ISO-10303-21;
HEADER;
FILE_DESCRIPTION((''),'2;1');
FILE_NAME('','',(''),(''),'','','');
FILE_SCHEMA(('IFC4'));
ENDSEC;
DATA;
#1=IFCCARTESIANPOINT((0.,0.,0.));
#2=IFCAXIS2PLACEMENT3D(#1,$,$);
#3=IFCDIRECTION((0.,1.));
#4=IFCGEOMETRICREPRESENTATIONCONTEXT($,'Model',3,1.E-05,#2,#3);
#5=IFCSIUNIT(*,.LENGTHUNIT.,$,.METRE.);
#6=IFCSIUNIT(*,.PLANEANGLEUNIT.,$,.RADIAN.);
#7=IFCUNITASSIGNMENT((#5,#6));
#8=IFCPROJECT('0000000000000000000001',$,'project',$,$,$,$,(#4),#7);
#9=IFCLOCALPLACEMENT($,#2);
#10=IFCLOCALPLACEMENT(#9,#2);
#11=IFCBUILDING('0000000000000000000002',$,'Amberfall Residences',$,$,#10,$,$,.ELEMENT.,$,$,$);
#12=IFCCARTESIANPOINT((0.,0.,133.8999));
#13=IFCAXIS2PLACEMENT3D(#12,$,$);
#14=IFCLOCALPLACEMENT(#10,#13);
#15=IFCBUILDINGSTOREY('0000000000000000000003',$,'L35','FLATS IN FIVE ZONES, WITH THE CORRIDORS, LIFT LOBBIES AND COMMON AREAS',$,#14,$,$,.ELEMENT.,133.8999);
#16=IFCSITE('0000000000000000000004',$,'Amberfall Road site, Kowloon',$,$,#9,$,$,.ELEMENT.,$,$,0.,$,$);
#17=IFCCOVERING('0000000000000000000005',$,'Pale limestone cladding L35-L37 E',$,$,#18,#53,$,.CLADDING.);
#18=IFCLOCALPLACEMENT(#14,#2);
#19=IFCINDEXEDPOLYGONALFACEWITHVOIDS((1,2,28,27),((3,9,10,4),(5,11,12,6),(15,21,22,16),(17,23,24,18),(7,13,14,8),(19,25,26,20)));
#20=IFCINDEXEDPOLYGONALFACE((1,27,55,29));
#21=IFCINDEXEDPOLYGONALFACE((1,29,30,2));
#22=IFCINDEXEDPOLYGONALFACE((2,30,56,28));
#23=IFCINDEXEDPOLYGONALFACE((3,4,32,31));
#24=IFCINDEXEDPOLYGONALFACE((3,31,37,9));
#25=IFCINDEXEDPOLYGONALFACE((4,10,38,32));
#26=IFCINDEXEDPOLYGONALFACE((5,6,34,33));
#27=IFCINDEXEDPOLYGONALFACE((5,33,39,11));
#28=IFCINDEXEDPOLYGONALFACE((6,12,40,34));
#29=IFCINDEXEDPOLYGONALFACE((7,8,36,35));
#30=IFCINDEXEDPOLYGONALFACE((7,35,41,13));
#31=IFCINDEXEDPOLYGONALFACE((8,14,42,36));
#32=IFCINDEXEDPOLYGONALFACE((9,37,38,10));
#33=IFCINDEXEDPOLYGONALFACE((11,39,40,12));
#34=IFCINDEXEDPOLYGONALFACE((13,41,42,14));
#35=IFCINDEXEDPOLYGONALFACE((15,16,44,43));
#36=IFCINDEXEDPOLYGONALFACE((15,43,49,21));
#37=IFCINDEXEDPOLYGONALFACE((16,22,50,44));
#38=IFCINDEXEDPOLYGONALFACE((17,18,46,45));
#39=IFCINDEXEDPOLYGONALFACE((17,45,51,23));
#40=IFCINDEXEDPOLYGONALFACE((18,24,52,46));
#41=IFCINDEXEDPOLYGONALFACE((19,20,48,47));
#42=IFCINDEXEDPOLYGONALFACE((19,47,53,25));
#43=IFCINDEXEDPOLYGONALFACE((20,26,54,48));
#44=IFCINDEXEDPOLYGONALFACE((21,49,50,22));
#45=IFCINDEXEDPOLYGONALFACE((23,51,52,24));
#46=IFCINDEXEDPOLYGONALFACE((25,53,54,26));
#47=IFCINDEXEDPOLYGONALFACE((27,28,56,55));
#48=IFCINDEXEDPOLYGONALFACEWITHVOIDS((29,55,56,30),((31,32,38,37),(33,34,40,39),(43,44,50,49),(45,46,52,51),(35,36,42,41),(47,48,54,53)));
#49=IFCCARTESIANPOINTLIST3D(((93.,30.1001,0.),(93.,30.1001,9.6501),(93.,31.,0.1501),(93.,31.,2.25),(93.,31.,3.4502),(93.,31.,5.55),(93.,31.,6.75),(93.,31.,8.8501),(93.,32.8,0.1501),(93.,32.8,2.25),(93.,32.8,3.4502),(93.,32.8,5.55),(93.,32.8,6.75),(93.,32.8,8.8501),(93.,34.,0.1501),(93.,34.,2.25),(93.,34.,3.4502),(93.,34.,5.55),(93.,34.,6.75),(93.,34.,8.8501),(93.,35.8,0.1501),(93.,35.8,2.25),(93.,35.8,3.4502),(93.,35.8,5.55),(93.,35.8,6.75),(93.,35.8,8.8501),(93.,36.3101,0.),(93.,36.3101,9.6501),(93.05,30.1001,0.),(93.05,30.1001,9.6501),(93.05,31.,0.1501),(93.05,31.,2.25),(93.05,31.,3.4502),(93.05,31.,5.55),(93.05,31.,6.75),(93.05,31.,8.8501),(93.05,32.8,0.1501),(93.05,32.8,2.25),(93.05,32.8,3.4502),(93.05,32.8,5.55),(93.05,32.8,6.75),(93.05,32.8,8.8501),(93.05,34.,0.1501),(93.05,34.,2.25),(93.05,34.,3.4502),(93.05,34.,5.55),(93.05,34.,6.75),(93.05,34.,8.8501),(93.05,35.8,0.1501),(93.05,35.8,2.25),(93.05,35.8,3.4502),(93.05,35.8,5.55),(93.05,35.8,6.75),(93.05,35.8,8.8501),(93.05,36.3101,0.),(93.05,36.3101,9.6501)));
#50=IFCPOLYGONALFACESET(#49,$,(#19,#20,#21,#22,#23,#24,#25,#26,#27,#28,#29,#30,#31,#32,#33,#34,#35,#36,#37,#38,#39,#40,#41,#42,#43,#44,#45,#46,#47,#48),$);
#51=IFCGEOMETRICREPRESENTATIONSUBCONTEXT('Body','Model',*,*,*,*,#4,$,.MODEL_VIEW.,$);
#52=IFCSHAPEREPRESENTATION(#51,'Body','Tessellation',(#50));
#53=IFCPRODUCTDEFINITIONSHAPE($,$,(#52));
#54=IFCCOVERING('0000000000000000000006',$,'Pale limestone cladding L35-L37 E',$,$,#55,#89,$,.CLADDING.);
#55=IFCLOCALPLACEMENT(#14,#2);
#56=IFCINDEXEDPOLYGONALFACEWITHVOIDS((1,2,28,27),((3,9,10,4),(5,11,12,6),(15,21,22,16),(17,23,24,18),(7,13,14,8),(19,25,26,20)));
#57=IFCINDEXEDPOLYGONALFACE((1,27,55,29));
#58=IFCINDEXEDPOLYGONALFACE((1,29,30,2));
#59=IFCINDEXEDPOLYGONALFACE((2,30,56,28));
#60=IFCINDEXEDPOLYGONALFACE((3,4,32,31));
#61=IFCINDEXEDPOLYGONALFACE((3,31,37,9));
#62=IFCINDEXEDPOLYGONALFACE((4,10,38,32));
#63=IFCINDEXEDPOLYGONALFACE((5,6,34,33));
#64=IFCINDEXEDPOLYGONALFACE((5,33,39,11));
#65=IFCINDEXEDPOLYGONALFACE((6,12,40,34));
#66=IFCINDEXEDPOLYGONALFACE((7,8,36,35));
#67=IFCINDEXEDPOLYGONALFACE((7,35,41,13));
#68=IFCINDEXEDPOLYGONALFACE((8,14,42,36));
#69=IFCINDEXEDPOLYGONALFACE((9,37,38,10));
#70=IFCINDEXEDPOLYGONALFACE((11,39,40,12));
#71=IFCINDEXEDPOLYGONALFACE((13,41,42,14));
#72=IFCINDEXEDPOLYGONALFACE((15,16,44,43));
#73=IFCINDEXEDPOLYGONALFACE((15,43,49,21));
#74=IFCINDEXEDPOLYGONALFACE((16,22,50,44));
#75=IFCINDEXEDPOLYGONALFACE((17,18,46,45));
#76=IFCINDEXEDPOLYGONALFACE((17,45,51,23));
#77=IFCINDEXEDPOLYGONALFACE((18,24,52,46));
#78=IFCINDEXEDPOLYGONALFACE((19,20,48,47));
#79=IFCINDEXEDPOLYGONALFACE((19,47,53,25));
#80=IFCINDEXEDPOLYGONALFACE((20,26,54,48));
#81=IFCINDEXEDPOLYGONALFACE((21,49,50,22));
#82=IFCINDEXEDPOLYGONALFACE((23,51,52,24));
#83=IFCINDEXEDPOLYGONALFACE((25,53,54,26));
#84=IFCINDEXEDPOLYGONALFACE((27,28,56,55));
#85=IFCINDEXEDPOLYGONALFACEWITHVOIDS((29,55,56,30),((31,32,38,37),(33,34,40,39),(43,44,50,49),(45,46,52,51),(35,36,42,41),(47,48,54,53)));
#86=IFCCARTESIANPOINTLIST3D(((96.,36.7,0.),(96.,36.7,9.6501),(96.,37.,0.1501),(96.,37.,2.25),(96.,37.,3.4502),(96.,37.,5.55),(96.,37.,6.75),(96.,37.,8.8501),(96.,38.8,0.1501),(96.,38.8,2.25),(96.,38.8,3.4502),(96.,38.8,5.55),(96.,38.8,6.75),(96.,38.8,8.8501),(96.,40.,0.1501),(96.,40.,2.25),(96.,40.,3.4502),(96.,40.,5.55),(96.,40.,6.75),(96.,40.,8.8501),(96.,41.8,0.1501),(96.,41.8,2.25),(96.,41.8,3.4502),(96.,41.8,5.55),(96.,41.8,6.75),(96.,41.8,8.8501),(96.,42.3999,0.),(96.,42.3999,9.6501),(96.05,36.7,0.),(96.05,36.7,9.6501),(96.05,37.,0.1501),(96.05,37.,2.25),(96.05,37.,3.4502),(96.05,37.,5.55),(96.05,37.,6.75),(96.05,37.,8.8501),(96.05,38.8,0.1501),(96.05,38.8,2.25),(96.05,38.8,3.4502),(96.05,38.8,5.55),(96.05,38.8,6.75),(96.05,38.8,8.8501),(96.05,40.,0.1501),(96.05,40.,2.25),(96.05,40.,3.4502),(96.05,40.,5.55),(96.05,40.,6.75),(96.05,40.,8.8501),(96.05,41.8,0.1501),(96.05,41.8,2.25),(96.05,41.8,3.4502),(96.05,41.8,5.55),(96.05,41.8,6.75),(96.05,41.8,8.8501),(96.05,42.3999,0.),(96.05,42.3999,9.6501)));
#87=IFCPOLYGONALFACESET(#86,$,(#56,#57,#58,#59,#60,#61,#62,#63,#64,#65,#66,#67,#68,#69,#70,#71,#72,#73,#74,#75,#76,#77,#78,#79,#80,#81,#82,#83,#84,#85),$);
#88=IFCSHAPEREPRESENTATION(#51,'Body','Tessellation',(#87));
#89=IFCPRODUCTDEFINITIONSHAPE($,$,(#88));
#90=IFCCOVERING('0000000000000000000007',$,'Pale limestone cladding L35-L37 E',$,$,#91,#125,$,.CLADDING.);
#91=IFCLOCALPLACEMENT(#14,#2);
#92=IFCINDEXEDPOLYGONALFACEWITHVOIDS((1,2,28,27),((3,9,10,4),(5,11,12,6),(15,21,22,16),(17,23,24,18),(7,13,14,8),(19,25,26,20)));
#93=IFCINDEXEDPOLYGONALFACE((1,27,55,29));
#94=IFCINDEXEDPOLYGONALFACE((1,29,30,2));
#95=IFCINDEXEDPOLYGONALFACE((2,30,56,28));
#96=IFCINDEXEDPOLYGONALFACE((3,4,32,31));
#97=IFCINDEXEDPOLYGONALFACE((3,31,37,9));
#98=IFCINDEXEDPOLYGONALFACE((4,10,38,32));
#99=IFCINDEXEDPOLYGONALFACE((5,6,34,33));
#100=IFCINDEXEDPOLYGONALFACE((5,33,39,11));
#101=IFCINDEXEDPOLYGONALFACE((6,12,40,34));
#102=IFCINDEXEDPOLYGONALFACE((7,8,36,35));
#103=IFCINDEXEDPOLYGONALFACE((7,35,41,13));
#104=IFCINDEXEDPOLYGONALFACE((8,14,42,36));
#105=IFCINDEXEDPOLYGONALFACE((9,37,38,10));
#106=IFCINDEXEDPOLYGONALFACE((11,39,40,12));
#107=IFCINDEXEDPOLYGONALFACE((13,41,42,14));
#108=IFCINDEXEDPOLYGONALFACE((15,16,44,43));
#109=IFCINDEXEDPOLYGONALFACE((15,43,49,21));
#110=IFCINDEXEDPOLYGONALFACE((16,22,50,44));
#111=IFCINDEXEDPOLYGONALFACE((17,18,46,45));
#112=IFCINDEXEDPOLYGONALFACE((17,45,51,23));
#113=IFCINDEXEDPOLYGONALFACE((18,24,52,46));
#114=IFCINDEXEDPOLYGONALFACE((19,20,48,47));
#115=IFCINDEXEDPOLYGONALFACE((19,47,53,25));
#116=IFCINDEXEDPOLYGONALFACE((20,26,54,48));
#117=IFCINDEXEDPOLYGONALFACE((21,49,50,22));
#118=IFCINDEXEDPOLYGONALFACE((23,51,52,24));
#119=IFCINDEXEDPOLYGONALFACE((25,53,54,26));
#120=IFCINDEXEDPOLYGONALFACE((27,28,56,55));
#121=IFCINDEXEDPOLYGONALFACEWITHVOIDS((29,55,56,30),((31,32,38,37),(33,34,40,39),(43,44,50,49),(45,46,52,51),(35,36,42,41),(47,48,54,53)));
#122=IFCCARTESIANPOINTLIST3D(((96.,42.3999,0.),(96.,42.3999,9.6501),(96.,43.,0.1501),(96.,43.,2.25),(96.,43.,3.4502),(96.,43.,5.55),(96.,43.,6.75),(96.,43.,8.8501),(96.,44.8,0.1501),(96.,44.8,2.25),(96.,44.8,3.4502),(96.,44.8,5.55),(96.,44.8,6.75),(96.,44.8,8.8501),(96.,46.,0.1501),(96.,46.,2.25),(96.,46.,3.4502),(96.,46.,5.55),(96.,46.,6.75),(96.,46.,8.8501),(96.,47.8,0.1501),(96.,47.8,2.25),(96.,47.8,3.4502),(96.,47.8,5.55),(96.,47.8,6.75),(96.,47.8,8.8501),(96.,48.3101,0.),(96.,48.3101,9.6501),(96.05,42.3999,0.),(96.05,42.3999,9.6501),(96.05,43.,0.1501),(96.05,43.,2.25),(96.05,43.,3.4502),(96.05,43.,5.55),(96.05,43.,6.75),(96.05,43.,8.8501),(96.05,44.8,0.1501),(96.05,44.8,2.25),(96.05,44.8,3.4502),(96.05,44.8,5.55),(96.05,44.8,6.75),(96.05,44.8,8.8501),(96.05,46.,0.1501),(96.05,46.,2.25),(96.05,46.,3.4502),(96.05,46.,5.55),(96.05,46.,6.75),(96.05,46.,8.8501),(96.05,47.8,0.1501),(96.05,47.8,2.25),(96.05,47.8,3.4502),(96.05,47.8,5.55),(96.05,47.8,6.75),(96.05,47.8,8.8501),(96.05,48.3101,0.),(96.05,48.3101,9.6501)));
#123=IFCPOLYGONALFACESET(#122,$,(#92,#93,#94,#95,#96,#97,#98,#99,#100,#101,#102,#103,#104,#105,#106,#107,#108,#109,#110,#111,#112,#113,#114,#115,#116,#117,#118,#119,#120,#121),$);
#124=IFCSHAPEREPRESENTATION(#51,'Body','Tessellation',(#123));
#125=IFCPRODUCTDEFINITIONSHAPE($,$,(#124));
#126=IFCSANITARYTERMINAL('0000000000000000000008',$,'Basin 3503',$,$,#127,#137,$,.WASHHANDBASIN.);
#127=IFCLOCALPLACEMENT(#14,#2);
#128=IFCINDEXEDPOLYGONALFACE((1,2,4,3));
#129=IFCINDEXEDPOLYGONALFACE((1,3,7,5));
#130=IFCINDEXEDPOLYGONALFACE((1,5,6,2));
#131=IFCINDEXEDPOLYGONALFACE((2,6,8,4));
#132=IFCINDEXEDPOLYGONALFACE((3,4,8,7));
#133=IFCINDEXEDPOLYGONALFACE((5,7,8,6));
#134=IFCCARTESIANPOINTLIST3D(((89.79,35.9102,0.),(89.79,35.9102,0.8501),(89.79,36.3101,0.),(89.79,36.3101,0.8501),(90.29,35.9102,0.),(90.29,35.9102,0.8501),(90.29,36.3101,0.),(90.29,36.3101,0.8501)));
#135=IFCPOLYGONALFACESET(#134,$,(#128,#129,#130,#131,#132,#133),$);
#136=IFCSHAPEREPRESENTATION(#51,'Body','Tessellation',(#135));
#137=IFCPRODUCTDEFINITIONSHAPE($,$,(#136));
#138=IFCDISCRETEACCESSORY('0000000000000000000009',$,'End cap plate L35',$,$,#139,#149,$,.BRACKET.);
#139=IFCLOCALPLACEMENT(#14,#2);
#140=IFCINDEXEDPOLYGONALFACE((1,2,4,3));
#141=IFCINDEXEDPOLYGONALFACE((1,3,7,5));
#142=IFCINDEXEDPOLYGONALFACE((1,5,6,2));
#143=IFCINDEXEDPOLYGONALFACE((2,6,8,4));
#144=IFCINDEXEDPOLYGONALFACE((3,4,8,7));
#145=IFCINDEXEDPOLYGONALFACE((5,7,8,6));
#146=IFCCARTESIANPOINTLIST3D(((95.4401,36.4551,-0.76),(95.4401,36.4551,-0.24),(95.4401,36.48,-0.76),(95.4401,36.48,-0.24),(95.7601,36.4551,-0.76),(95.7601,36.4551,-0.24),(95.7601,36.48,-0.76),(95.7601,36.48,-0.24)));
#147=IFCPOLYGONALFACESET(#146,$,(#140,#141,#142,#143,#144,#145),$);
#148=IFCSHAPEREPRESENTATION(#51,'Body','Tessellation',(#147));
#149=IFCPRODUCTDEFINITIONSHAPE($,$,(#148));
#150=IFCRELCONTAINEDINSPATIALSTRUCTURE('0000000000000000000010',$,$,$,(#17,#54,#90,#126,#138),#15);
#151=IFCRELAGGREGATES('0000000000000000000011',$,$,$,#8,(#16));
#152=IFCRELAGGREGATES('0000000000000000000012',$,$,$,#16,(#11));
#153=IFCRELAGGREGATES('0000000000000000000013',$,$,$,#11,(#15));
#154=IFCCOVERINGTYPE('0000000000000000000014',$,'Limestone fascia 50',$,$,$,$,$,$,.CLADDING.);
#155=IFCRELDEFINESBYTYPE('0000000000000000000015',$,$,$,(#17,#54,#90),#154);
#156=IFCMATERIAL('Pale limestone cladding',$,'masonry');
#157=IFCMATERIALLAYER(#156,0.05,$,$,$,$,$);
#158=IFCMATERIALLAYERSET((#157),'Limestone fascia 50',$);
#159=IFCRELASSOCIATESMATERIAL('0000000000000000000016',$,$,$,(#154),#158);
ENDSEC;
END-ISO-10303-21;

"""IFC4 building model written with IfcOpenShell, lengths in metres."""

from ifc_helpers import new_model, si_unit, direction, frame, origin, origin_2d, place, context, subcontext, project, spatial, polyline, rectangle, outline, extrude, material, layer, layer_set, type_object, element, save


model = new_model("IFC4")

# Units and contexts
model_context = context("Model", 3, precision=1e-05, world=origin(), true_north=direction((0.0, 1.0)))
body_context = subcontext(model_context, "Body", "Model", "MODEL_VIEW")
ifc_project = project(units=[si_unit("LENGTHUNIT", "METRE"), si_unit("PLANEANGLEUNIT", "RADIAN")], contexts=[model_context])

# Site, building, storey
site_placement = place(None, origin())
site = spatial("IfcSite", under=ifc_project, at=site_placement, Name="Amberfall Road site, Kowloon", CompositionType="ELEMENT", RefElevation=0.0)
building_placement = place(site_placement, origin())
building = spatial("IfcBuilding", under=site, at=building_placement, Name="Amberfall Residences", CompositionType="ELEMENT")
storey_placement = place(building_placement, frame((0.0, 0.0, 133.8999)))
storey = spatial("IfcBuildingStorey", under=building, at=storey_placement, Name="L35", Description="FLATS IN FIVE ZONES, WITH THE CORRIDORS, LIFT LOBBIES AND COMMON AREAS", CompositionType="ELEMENT", Elevation=133.8999)

# Coverings
ifc_material_1 = material(Name="Pale limestone cladding", Category="masonry")
ifc_layer_1 = layer(ifc_material_1, 0.05)
ifc_layer_set_1 = layer_set([ifc_layer_1], Name="Limestone fascia 50")
covering_type = type_object("IfcCoveringType", Name="Limestone fascia 50", PredefinedType="CLADDING", material=ifc_layer_set_1)
covering_1_placement = place(storey_placement, frame((93.0, 30.1001, 9.6501), z_axis=(-1.0, 0.0, 0.0), x_axis=(0.0, 1.0, 0.0)))
element("IfcCovering", 1, at=covering_1_placement, inside=storey, type_object=covering_type, Name="Pale limestone cladding L35-L37 E", PredefinedType="CLADDING", context=body_context, shape_type="SweptSolid", body=[
    extrude(outline(polyline([(0.0, 0.0), (6.21, 0.0), (6.21, 9.6501), (0.0, 9.6501), (0.0, 0.0)]), holes=[polyline([(0.8999, 7.4001), (2.7, 7.4001), (2.7, 9.5), (0.8999, 9.5), (0.8999, 7.4001)]), polyline([(3.8999, 7.4001), (5.7, 7.4001), (5.7, 9.5), (3.8999, 9.5), (3.8999, 7.4001)]), polyline([(0.8999, 4.1001), (2.7, 4.1001), (2.7, 6.2), (0.8999, 6.2), (0.8999, 4.1001)]), polyline([(3.8999, 4.1001), (5.7, 4.1001), (5.7, 6.2), (3.8999, 6.2), (3.8999, 4.1001)]), polyline([(0.8999, 0.8), (2.7, 0.8), (2.7, 2.9001), (0.8999, 2.9001), (0.8999, 0.8)]), polyline([(3.8999, 0.8), (5.7, 0.8), (5.7, 2.9001), (3.8999, 2.9001), (3.8999, 0.8)])]), origin(), (0.0, 0.0, -1.0), 0.05),
])
covering_2_placement = place(storey_placement, frame((96.0, 36.7, 9.6501), z_axis=(-1.0, 0.0, 0.0), x_axis=(0.0, 1.0, 0.0)))
element("IfcCovering", 2, at=covering_2_placement, inside=storey, type_object=covering_type, Name="Pale limestone cladding L35-L37 E", PredefinedType="CLADDING", context=body_context, shape_type="SweptSolid", body=[
    extrude(outline(polyline([(0.0, 0.0), (5.7, 0.0), (5.7, 9.6501), (0.0, 9.6501), (0.0, 0.0)]), holes=[polyline([(0.3, 7.4001), (2.1001, 7.4001), (2.1001, 9.5), (0.3, 9.5), (0.3, 7.4001)]), polyline([(3.3, 7.4001), (5.1001, 7.4001), (5.1001, 9.5), (3.3, 9.5), (3.3, 7.4001)]), polyline([(0.3, 4.1001), (2.1001, 4.1001), (2.1001, 6.2), (0.3, 6.2), (0.3, 4.1001)]), polyline([(3.3, 4.1001), (5.1001, 4.1001), (5.1001, 6.2), (3.3, 6.2), (3.3, 4.1001)]), polyline([(0.3, 0.8), (2.1001, 0.8), (2.1001, 2.9001), (0.3, 2.9001), (0.3, 0.8)]), polyline([(3.3, 0.8), (5.1001, 0.8), (5.1001, 2.9001), (3.3, 2.9001), (3.3, 0.8)])]), origin(), (0.0, 0.0, -1.0), 0.05),
])
covering_3_placement = place(storey_placement, frame((96.0, 42.3999, 9.6501), z_axis=(-1.0, 0.0, 0.0), x_axis=(0.0, 1.0, 0.0)))
element("IfcCovering", 3, at=covering_3_placement, inside=storey, type_object=covering_type, Name="Pale limestone cladding L35-L37 E", PredefinedType="CLADDING", context=body_context, shape_type="SweptSolid", body=[
    extrude(outline(polyline([(0.0, 0.0), (5.9102, 0.0), (5.9102, 9.6501), (0.0, 9.6501), (0.0, 0.0)]), holes=[polyline([(0.6001, 7.4001), (2.4001, 7.4001), (2.4001, 9.5), (0.6001, 9.5), (0.6001, 7.4001)]), polyline([(3.6001, 7.4001), (5.4001, 7.4001), (5.4001, 9.5), (3.6001, 9.5), (3.6001, 7.4001)]), polyline([(0.6001, 4.1001), (2.4001, 4.1001), (2.4001, 6.2), (0.6001, 6.2), (0.6001, 4.1001)]), polyline([(3.6001, 4.1001), (5.4001, 4.1001), (5.4001, 6.2), (3.6001, 6.2), (3.6001, 4.1001)]), polyline([(0.6001, 0.8), (2.4001, 0.8), (2.4001, 2.9001), (0.6001, 2.9001), (0.6001, 0.8)]), polyline([(3.6001, 0.8), (5.4001, 0.8), (5.4001, 2.9001), (3.6001, 2.9001), (3.6001, 0.8)])]), origin(), (0.0, 0.0, -1.0), 0.05),
])

# Sanitary terminal
sanitary_terminal_placement = place(storey_placement, frame((90.04, 36.1101, 0.0), z_axis=(0.0, 0.0, 1.0), x_axis=(1.0, 0.0, 0.0)))
element("IfcSanitaryTerminal", 4, at=sanitary_terminal_placement, inside=storey, Name="Basin 3503", PredefinedType="WASHHANDBASIN", context=body_context, shape_type="SweptSolid", body=[
    extrude(rectangle(XDim=0.5, YDim=0.3999, at=origin_2d()), origin(), (0.0, 0.0, 1.0), 0.8501),
])

# Discrete accessory
discrete_accessory_placement = place(storey_placement, frame((95.6001, 36.4675, -0.76), z_axis=(0.0, 0.0, 1.0), x_axis=(0.0, -1.0, 0.0)))
element("IfcDiscreteAccessory", 5, at=discrete_accessory_placement, inside=storey, Name="End cap plate L35", PredefinedType="BRACKET", context=body_context, shape_type="SweptSolid", body=[
    extrude(rectangle(XDim=0.0249, YDim=0.3201, at=origin_2d()), origin(), (0.0, 0.0, 1.0), 0.52),
])

save(model, "model.ifc")
